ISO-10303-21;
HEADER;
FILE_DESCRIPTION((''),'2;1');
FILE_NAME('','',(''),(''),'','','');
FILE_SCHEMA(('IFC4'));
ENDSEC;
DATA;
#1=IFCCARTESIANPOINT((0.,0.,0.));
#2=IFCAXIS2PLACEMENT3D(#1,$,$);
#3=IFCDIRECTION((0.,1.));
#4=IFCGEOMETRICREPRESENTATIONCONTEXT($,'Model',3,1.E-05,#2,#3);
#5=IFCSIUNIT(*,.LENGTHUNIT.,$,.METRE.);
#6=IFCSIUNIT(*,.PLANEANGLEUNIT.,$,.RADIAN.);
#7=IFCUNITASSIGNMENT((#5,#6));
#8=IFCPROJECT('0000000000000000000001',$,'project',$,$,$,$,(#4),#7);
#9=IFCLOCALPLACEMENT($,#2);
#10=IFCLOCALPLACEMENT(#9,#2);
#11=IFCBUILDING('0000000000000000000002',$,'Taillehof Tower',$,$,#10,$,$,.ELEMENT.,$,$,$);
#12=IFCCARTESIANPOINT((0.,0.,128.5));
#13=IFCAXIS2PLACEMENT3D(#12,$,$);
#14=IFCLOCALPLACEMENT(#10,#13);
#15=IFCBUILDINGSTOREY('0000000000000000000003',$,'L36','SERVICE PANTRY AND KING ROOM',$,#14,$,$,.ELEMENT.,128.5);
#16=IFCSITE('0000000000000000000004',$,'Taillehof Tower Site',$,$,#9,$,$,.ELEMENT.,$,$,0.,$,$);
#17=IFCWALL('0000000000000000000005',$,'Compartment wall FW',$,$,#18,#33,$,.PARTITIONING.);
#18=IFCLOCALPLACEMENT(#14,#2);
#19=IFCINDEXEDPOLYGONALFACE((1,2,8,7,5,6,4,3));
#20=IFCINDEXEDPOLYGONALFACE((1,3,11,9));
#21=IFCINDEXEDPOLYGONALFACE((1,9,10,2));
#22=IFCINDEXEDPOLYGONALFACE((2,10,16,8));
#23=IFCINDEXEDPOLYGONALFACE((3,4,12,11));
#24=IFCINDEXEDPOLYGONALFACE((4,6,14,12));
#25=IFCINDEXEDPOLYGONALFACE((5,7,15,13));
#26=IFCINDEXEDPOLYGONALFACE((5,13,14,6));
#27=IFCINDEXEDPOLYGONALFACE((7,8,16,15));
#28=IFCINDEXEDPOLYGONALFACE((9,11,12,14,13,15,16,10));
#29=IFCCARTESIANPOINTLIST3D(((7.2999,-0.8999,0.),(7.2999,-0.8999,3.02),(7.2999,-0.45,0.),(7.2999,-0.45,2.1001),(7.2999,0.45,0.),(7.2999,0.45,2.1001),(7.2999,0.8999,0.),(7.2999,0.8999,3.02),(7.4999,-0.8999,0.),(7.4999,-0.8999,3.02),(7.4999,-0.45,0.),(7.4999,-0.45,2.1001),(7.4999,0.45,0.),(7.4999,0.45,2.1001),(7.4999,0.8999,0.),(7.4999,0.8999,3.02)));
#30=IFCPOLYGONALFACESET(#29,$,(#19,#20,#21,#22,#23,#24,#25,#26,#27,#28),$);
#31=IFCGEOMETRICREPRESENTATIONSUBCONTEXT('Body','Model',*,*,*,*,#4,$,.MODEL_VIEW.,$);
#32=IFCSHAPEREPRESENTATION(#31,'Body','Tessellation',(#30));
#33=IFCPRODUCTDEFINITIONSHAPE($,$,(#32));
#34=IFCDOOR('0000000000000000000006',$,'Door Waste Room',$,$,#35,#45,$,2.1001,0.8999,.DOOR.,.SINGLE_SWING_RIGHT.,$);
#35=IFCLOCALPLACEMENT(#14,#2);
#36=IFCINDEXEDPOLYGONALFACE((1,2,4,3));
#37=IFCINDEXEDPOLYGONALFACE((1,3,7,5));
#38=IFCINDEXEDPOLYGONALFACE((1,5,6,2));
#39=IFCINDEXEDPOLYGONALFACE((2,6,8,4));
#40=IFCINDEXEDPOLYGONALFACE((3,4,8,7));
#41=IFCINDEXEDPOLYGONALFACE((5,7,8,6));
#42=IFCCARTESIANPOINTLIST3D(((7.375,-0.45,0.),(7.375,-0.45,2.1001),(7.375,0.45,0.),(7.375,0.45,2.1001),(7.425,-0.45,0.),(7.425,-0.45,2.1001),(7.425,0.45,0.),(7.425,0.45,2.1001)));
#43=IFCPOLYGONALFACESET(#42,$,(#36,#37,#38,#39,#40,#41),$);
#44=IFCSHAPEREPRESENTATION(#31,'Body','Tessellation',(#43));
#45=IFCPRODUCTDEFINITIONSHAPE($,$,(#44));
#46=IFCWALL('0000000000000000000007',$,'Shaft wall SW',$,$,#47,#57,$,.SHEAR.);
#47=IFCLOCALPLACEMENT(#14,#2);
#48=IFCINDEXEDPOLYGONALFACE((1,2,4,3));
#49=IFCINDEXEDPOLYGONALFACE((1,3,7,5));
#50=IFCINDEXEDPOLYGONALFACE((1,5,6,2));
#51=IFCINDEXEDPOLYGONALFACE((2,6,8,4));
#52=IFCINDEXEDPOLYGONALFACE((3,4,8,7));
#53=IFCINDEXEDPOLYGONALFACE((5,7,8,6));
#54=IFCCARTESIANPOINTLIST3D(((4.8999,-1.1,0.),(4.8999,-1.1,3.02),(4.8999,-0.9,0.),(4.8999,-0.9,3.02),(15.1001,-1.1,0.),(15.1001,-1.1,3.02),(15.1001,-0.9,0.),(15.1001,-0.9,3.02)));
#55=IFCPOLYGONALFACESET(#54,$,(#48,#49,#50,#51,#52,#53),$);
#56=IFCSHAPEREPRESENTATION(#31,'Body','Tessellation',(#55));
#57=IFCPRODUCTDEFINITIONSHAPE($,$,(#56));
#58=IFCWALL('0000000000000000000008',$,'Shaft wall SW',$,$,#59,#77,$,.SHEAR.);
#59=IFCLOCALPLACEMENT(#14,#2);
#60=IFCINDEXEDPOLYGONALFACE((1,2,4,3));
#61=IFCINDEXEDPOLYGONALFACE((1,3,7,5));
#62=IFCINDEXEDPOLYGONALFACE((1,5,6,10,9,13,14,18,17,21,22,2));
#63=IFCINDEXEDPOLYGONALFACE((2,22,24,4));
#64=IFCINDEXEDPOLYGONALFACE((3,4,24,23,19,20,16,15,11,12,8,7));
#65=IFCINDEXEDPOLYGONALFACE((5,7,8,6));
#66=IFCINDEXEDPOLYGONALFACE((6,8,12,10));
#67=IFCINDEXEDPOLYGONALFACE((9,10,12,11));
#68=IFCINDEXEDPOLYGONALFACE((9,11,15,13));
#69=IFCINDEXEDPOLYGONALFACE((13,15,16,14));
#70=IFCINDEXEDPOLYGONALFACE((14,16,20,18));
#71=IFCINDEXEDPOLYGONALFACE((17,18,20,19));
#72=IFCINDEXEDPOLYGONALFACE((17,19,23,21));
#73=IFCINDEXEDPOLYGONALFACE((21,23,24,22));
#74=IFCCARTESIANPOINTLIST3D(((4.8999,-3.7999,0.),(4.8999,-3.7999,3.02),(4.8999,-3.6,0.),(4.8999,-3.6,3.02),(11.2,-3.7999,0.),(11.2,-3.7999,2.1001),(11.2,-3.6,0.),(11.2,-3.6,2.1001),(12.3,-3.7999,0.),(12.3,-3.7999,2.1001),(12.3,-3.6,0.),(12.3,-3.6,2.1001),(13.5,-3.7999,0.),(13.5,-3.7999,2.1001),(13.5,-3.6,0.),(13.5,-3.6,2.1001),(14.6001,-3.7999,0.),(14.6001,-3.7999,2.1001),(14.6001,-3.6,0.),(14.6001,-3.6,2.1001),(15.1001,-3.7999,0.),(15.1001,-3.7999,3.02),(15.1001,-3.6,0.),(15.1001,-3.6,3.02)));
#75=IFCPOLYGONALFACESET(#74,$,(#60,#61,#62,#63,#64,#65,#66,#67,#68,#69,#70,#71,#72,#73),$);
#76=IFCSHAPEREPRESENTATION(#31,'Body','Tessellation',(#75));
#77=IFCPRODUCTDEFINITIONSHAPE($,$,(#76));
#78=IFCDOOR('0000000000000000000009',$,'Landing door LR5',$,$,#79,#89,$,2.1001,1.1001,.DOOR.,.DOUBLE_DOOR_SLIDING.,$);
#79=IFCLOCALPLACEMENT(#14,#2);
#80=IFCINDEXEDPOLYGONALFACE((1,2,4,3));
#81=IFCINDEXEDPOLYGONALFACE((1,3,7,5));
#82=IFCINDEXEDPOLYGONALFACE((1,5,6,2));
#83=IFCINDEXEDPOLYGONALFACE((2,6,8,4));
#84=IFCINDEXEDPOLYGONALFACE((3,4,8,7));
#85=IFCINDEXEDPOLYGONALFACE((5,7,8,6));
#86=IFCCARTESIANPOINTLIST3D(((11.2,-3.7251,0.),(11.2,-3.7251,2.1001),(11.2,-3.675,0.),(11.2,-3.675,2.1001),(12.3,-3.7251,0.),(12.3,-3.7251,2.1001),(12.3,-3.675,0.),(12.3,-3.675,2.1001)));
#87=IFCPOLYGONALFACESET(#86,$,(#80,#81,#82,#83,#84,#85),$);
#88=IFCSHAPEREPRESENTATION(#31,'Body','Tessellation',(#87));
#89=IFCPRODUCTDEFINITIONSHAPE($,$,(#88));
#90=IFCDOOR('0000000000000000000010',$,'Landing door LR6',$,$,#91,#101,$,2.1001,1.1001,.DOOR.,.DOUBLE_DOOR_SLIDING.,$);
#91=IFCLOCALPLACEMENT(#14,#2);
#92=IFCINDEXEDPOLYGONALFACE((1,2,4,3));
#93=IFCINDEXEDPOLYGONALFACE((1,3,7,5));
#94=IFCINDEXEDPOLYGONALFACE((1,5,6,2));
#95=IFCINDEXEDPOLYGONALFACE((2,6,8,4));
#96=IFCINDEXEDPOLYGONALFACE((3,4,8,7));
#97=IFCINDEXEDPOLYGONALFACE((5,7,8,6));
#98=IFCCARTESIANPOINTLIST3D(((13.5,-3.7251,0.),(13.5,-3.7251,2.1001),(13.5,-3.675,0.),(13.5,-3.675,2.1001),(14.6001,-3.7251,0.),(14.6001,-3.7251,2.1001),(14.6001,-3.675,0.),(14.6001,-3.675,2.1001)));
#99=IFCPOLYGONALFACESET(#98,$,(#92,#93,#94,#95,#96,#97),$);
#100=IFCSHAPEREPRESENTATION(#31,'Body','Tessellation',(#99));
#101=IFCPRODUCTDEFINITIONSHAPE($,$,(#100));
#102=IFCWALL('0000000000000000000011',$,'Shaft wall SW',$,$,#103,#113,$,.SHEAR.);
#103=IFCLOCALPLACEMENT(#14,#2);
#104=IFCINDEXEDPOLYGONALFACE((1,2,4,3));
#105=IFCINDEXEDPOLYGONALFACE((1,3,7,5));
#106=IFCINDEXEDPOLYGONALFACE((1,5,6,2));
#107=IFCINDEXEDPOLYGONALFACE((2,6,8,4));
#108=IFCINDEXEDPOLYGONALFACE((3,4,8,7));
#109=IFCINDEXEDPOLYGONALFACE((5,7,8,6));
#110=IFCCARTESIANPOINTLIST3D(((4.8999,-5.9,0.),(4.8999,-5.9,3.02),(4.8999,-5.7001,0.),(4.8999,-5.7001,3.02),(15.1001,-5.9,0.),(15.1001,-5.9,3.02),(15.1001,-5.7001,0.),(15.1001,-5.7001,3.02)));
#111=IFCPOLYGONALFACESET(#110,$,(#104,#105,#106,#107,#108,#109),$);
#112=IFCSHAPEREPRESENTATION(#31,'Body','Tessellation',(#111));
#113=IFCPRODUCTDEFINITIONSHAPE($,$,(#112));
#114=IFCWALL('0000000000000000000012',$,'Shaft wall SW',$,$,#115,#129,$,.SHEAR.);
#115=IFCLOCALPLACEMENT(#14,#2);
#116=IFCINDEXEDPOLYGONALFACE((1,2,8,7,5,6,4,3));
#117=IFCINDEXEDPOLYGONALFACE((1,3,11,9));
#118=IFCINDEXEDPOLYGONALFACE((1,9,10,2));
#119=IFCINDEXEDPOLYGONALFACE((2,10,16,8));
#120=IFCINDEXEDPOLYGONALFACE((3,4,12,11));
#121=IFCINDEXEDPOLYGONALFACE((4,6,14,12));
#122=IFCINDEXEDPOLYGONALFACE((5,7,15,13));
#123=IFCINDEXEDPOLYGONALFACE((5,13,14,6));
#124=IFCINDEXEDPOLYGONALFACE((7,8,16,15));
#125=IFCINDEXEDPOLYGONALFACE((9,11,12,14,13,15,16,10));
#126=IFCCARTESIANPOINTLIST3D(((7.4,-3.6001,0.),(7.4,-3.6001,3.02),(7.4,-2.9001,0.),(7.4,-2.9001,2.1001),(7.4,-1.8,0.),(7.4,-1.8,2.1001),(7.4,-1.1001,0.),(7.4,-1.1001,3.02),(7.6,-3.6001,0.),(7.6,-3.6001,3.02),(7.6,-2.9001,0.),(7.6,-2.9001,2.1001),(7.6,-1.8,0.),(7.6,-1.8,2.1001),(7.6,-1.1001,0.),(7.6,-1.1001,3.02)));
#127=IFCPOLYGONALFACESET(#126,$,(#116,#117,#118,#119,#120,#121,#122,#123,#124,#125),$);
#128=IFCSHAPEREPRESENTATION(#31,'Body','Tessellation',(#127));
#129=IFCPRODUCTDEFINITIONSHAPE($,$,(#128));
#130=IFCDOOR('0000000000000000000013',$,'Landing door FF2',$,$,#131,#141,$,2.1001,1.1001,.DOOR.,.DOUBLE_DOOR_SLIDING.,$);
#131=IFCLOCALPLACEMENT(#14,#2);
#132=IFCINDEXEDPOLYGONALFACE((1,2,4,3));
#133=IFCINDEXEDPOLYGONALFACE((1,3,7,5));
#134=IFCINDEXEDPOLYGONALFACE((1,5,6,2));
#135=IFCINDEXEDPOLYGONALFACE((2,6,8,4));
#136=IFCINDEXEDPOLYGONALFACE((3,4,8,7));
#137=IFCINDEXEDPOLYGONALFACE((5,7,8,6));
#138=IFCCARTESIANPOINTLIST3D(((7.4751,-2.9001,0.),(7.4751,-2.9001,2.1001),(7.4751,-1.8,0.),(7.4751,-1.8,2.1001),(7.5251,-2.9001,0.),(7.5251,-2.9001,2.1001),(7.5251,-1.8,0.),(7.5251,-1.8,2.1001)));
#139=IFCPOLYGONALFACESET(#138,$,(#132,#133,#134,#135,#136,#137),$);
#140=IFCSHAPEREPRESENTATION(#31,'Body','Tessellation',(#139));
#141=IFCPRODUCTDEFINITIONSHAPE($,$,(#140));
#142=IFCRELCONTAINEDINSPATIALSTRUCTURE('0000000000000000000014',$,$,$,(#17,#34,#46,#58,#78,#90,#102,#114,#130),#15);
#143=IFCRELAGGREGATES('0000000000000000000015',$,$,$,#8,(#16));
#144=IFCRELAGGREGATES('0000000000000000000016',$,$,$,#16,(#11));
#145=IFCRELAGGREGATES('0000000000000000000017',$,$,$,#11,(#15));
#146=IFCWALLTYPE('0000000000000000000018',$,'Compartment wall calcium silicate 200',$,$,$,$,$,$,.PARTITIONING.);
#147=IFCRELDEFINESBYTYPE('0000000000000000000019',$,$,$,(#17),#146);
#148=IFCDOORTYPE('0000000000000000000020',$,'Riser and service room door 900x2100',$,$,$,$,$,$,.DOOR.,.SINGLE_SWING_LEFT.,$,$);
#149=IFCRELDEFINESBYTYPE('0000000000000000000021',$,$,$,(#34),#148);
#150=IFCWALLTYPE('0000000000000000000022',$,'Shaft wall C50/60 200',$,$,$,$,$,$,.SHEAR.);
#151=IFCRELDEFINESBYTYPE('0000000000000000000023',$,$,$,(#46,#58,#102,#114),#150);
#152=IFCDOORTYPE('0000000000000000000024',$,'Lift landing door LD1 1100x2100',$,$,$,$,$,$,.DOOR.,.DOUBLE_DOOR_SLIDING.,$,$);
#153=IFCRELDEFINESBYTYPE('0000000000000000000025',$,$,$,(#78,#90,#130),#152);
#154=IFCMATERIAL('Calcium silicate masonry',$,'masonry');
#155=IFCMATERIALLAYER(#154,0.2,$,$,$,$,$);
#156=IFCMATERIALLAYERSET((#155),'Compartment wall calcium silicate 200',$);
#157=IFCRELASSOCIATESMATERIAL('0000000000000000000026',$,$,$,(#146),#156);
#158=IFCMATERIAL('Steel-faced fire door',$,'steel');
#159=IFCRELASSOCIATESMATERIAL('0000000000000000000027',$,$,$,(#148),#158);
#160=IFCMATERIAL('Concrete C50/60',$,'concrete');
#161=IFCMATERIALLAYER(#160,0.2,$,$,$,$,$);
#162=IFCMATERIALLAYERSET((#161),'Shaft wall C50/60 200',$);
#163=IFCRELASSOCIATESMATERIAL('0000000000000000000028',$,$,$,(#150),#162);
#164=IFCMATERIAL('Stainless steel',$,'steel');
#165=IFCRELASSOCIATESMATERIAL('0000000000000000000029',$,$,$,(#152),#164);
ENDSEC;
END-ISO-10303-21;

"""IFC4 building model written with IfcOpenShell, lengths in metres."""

from ifc_helpers import new_model, si_unit, direction, frame, frame_2d, origin, place, context, subcontext, project, spatial, rectangle, extrude, material, layer, layer_set, type_object, element, fill, save


model = new_model("IFC4")

# Units and contexts
model_context = context("Model", 3, precision=1e-05, world=origin(), true_north=direction((0.0, 1.0)))
body_context = subcontext(model_context, "Body", "Model", "MODEL_VIEW")
ifc_project = project(units=[si_unit("LENGTHUNIT", "METRE"), si_unit("PLANEANGLEUNIT", "RADIAN")], contexts=[model_context])

# Site, building, storey
site_placement = place(None, origin())
site = spatial("IfcSite", under=ifc_project, at=site_placement, Name="Taillehof Tower Site", CompositionType="ELEMENT", RefElevation=0.0)
building_placement = place(site_placement, origin())
building = spatial("IfcBuilding", under=site, at=building_placement, Name="Taillehof Tower", CompositionType="ELEMENT")
storey_placement = place(building_placement, frame((0.0, 0.0, 128.5)))
storey = spatial("IfcBuildingStorey", under=building, at=storey_placement, Name="L36", Description="SERVICE PANTRY AND KING ROOM", CompositionType="ELEMENT", Elevation=128.5)

# Wall, opening, door
ifc_material_1 = material(Name="Calcium silicate masonry", Category="masonry")
ifc_layer_1 = layer(ifc_material_1, 0.2)
ifc_layer_set_1 = layer_set([ifc_layer_1], Name="Compartment wall calcium silicate 200")
wall_type_1 = type_object("IfcWallType", Name="Compartment wall calcium silicate 200", PredefinedType="PARTITIONING", material=ifc_layer_set_1)
wall_1_placement = place(storey_placement, frame((7.3999, -0.8999, 0.0), z_axis=(0.0, 0.0, 1.0), x_axis=(0.0, 1.0, 0.0)))
wall_1 = element("IfcWall", 1, at=wall_1_placement, inside=storey, type_object=wall_type_1, Name="Compartment wall FW", PredefinedType="PARTITIONING", context=body_context, shape_type="SweptSolid", body=[
    extrude(rectangle(XDim=1.7998, YDim=0.2, at=frame_2d((0.8999, 0.0))), origin(), (0.0, 0.0, 1.0), 3.02),
])
opening_1_placement = place(wall_1_placement, frame((0.45, 0.0, 0.0)))
opening_1 = element("IfcOpeningElement", 2, at=opening_1_placement, cuts=wall_1, PredefinedType="OPENING", context=body_context, shape_type="SweptSolid", body=[
    extrude(rectangle(XDim=0.8999, YDim=2.1001, at=frame_2d((0.45, 1.05))), frame((0.0, 0.1099, 0.0), z_axis=(0.0, -1.0, 0.0), x_axis=(1.0, 0.0, 0.0)), (0.0, 0.0, 1.0), 0.22),
])
ifc_material_2 = material(Name="Steel-faced fire door", Category="steel")
door_type_1 = type_object("IfcDoorType", Name="Riser and service room door 900x2100", OperationType="SINGLE_SWING_LEFT", PredefinedType="DOOR", material=ifc_material_2)
door_1_placement = place(opening_1_placement, origin())
door_1 = element("IfcDoor", 3, at=door_1_placement, inside=storey, type_object=door_type_1, Name="Door Waste Room", OperationType="SINGLE_SWING_RIGHT", OverallHeight=2.1001, OverallWidth=0.8999, PredefinedType="DOOR", context=body_context, shape_type="SweptSolid", body=[
    extrude(rectangle(XDim=0.8999, YDim=2.1001, at=frame_2d((0.45, 1.05))), frame((0.0, 0.0249, 0.0), z_axis=(0.0, -1.0, 0.0), x_axis=(1.0, 0.0, 0.0)), (0.0, 0.0, 1.0), 0.05),
])
fill(opening_1, door_1)

# Wall
ifc_material_3 = material(Name="Concrete C50/60", Category="concrete")
ifc_layer_2 = layer(ifc_material_3, 0.2)
ifc_layer_set_2 = layer_set([ifc_layer_2], Name="Shaft wall C50/60 200")
wall_type_2 = type_object("IfcWallType", Name="Shaft wall C50/60 200", PredefinedType="SHEAR", material=ifc_layer_set_2)
wall_2_placement = place(storey_placement, frame((4.8999, -1.0, 0.0), z_axis=(0.0, 0.0, 1.0), x_axis=(1.0, 0.0, 0.0)))
element("IfcWall", 4, at=wall_2_placement, inside=storey, type_object=wall_type_2, Name="Shaft wall SW", PredefinedType="SHEAR", context=body_context, shape_type="SweptSolid", body=[
    extrude(rectangle(XDim=10.2002, YDim=0.2, at=frame_2d((5.1001, 0.0))), origin(), (0.0, 0.0, 1.0), 3.02),
])

# Wall, openings, doors
wall_3_placement = place(storey_placement, frame((4.8999, -3.7, 0.0), z_axis=(0.0, 0.0, 1.0), x_axis=(1.0, 0.0, 0.0)))
wall_3 = element("IfcWall", 5, at=wall_3_placement, inside=storey, type_object=wall_type_2, Name="Shaft wall SW", PredefinedType="SHEAR", context=body_context, shape_type="SweptSolid", body=[
    extrude(rectangle(XDim=10.2002, YDim=0.2, at=frame_2d((5.1001, 0.0))), origin(), (0.0, 0.0, 1.0), 3.02),
])
opening_2_placement = place(wall_3_placement, frame((6.3, 0.0, 0.0)))
opening_2 = element("IfcOpeningElement", 6, at=opening_2_placement, cuts=wall_3, PredefinedType="OPENING", context=body_context, shape_type="SweptSolid", body=[
    extrude(rectangle(XDim=1.1001, YDim=2.1001, at=frame_2d((0.55, 1.05))), frame((0.0, 0.1099, 0.0), z_axis=(0.0, -1.0, 0.0), x_axis=(1.0, 0.0, 0.0)), (0.0, 0.0, 1.0), 0.22),
])
opening_3_placement = place(wall_3_placement, frame((8.6001, 0.0, 0.0)))
opening_3 = element("IfcOpeningElement", 7, at=opening_3_placement, cuts=wall_3, PredefinedType="OPENING", context=body_context, shape_type="SweptSolid", body=[
    extrude(rectangle(XDim=1.1001, YDim=2.1001, at=frame_2d((0.55, 1.05))), frame((0.0, 0.1099, 0.0), z_axis=(0.0, -1.0, 0.0), x_axis=(1.0, 0.0, 0.0)), (0.0, 0.0, 1.0), 0.22),
])
ifc_material_4 = material(Name="Stainless steel", Category="steel")
door_type_2 = type_object("IfcDoorType", Name="Lift landing door LD1 1100x2100", OperationType="DOUBLE_DOOR_SLIDING", PredefinedType="DOOR", material=ifc_material_4)
door_2_placement = place(opening_2_placement, origin())
door_2 = element("IfcDoor", 8, at=door_2_placement, inside=storey, type_object=door_type_2, Name="Landing door LR5", OperationType="DOUBLE_DOOR_SLIDING", OverallHeight=2.1001, OverallWidth=1.1001, PredefinedType="DOOR", context=body_context, shape_type="SweptSolid", body=[
    extrude(rectangle(XDim=1.1001, YDim=2.1001, at=frame_2d((0.55, 1.05))), frame((0.0, 0.0249, 0.0), z_axis=(0.0, -1.0, 0.0), x_axis=(1.0, 0.0, 0.0)), (0.0, 0.0, 1.0), 0.05),
])
fill(opening_2, door_2)
door_3_placement = place(opening_3_placement, origin())
door_3 = element("IfcDoor", 9, at=door_3_placement, inside=storey, type_object=door_type_2, Name="Landing door LR6", OperationType="DOUBLE_DOOR_SLIDING", OverallHeight=2.1001, OverallWidth=1.1001, PredefinedType="DOOR", context=body_context, shape_type="SweptSolid", body=[
    extrude(rectangle(XDim=1.1001, YDim=2.1001, at=frame_2d((0.55, 1.05))), frame((0.0, 0.0249, 0.0), z_axis=(0.0, -1.0, 0.0), x_axis=(1.0, 0.0, 0.0)), (0.0, 0.0, 1.0), 0.05),
])
fill(opening_3, door_3)

# Wall
wall_4_placement = place(storey_placement, frame((4.8999, -5.8, 0.0), z_axis=(0.0, 0.0, 1.0), x_axis=(1.0, 0.0, 0.0)))
element("IfcWall", 10, at=wall_4_placement, inside=storey, type_object=wall_type_2, Name="Shaft wall SW", PredefinedType="SHEAR", context=body_context, shape_type="SweptSolid", body=[
    extrude(rectangle(XDim=10.2002, YDim=0.2, at=frame_2d((5.1001, 0.0))), origin(), (0.0, 0.0, 1.0), 3.02),
])

# Wall, opening, door
wall_5_placement = place(storey_placement, frame((7.5, -3.6001, 0.0), z_axis=(0.0, 0.0, 1.0), x_axis=(0.0, 1.0, 0.0)))
wall_5 = element("IfcWall", 11, at=wall_5_placement, inside=storey, type_object=wall_type_2, Name="Shaft wall SW", PredefinedType="SHEAR", context=body_context, shape_type="SweptSolid", body=[
    extrude(rectangle(XDim=2.5, YDim=0.2, at=frame_2d((1.25, 0.0))), origin(), (0.0, 0.0, 1.0), 3.02),
])
opening_4_placement = place(wall_5_placement, frame((0.7, 0.0, 0.0)))
opening_4 = element("IfcOpeningElement", 12, at=opening_4_placement, cuts=wall_5, PredefinedType="OPENING", context=body_context, shape_type="SweptSolid", body=[
    extrude(rectangle(XDim=1.1001, YDim=2.1001, at=frame_2d((0.55, 1.05))), frame((0.0, 0.1099, 0.0), z_axis=(0.0, -1.0, 0.0), x_axis=(1.0, 0.0, 0.0)), (0.0, 0.0, 1.0), 0.22),
])
door_4_placement = place(opening_4_placement, origin())
door_4 = element("IfcDoor", 13, at=door_4_placement, inside=storey, type_object=door_type_2, Name="Landing door FF2", OperationType="DOUBLE_DOOR_SLIDING", OverallHeight=2.1001, OverallWidth=1.1001, PredefinedType="DOOR", context=body_context, shape_type="SweptSolid", body=[
    extrude(rectangle(XDim=1.1001, YDim=2.1001, at=frame_2d((0.55, 1.05))), frame((0.0, 0.0249, 0.0), z_axis=(0.0, -1.0, 0.0), x_axis=(1.0, 0.0, 0.0)), (0.0, 0.0, 1.0), 0.05),
])
fill(opening_4, door_4)

save(model, "model.ifc")
